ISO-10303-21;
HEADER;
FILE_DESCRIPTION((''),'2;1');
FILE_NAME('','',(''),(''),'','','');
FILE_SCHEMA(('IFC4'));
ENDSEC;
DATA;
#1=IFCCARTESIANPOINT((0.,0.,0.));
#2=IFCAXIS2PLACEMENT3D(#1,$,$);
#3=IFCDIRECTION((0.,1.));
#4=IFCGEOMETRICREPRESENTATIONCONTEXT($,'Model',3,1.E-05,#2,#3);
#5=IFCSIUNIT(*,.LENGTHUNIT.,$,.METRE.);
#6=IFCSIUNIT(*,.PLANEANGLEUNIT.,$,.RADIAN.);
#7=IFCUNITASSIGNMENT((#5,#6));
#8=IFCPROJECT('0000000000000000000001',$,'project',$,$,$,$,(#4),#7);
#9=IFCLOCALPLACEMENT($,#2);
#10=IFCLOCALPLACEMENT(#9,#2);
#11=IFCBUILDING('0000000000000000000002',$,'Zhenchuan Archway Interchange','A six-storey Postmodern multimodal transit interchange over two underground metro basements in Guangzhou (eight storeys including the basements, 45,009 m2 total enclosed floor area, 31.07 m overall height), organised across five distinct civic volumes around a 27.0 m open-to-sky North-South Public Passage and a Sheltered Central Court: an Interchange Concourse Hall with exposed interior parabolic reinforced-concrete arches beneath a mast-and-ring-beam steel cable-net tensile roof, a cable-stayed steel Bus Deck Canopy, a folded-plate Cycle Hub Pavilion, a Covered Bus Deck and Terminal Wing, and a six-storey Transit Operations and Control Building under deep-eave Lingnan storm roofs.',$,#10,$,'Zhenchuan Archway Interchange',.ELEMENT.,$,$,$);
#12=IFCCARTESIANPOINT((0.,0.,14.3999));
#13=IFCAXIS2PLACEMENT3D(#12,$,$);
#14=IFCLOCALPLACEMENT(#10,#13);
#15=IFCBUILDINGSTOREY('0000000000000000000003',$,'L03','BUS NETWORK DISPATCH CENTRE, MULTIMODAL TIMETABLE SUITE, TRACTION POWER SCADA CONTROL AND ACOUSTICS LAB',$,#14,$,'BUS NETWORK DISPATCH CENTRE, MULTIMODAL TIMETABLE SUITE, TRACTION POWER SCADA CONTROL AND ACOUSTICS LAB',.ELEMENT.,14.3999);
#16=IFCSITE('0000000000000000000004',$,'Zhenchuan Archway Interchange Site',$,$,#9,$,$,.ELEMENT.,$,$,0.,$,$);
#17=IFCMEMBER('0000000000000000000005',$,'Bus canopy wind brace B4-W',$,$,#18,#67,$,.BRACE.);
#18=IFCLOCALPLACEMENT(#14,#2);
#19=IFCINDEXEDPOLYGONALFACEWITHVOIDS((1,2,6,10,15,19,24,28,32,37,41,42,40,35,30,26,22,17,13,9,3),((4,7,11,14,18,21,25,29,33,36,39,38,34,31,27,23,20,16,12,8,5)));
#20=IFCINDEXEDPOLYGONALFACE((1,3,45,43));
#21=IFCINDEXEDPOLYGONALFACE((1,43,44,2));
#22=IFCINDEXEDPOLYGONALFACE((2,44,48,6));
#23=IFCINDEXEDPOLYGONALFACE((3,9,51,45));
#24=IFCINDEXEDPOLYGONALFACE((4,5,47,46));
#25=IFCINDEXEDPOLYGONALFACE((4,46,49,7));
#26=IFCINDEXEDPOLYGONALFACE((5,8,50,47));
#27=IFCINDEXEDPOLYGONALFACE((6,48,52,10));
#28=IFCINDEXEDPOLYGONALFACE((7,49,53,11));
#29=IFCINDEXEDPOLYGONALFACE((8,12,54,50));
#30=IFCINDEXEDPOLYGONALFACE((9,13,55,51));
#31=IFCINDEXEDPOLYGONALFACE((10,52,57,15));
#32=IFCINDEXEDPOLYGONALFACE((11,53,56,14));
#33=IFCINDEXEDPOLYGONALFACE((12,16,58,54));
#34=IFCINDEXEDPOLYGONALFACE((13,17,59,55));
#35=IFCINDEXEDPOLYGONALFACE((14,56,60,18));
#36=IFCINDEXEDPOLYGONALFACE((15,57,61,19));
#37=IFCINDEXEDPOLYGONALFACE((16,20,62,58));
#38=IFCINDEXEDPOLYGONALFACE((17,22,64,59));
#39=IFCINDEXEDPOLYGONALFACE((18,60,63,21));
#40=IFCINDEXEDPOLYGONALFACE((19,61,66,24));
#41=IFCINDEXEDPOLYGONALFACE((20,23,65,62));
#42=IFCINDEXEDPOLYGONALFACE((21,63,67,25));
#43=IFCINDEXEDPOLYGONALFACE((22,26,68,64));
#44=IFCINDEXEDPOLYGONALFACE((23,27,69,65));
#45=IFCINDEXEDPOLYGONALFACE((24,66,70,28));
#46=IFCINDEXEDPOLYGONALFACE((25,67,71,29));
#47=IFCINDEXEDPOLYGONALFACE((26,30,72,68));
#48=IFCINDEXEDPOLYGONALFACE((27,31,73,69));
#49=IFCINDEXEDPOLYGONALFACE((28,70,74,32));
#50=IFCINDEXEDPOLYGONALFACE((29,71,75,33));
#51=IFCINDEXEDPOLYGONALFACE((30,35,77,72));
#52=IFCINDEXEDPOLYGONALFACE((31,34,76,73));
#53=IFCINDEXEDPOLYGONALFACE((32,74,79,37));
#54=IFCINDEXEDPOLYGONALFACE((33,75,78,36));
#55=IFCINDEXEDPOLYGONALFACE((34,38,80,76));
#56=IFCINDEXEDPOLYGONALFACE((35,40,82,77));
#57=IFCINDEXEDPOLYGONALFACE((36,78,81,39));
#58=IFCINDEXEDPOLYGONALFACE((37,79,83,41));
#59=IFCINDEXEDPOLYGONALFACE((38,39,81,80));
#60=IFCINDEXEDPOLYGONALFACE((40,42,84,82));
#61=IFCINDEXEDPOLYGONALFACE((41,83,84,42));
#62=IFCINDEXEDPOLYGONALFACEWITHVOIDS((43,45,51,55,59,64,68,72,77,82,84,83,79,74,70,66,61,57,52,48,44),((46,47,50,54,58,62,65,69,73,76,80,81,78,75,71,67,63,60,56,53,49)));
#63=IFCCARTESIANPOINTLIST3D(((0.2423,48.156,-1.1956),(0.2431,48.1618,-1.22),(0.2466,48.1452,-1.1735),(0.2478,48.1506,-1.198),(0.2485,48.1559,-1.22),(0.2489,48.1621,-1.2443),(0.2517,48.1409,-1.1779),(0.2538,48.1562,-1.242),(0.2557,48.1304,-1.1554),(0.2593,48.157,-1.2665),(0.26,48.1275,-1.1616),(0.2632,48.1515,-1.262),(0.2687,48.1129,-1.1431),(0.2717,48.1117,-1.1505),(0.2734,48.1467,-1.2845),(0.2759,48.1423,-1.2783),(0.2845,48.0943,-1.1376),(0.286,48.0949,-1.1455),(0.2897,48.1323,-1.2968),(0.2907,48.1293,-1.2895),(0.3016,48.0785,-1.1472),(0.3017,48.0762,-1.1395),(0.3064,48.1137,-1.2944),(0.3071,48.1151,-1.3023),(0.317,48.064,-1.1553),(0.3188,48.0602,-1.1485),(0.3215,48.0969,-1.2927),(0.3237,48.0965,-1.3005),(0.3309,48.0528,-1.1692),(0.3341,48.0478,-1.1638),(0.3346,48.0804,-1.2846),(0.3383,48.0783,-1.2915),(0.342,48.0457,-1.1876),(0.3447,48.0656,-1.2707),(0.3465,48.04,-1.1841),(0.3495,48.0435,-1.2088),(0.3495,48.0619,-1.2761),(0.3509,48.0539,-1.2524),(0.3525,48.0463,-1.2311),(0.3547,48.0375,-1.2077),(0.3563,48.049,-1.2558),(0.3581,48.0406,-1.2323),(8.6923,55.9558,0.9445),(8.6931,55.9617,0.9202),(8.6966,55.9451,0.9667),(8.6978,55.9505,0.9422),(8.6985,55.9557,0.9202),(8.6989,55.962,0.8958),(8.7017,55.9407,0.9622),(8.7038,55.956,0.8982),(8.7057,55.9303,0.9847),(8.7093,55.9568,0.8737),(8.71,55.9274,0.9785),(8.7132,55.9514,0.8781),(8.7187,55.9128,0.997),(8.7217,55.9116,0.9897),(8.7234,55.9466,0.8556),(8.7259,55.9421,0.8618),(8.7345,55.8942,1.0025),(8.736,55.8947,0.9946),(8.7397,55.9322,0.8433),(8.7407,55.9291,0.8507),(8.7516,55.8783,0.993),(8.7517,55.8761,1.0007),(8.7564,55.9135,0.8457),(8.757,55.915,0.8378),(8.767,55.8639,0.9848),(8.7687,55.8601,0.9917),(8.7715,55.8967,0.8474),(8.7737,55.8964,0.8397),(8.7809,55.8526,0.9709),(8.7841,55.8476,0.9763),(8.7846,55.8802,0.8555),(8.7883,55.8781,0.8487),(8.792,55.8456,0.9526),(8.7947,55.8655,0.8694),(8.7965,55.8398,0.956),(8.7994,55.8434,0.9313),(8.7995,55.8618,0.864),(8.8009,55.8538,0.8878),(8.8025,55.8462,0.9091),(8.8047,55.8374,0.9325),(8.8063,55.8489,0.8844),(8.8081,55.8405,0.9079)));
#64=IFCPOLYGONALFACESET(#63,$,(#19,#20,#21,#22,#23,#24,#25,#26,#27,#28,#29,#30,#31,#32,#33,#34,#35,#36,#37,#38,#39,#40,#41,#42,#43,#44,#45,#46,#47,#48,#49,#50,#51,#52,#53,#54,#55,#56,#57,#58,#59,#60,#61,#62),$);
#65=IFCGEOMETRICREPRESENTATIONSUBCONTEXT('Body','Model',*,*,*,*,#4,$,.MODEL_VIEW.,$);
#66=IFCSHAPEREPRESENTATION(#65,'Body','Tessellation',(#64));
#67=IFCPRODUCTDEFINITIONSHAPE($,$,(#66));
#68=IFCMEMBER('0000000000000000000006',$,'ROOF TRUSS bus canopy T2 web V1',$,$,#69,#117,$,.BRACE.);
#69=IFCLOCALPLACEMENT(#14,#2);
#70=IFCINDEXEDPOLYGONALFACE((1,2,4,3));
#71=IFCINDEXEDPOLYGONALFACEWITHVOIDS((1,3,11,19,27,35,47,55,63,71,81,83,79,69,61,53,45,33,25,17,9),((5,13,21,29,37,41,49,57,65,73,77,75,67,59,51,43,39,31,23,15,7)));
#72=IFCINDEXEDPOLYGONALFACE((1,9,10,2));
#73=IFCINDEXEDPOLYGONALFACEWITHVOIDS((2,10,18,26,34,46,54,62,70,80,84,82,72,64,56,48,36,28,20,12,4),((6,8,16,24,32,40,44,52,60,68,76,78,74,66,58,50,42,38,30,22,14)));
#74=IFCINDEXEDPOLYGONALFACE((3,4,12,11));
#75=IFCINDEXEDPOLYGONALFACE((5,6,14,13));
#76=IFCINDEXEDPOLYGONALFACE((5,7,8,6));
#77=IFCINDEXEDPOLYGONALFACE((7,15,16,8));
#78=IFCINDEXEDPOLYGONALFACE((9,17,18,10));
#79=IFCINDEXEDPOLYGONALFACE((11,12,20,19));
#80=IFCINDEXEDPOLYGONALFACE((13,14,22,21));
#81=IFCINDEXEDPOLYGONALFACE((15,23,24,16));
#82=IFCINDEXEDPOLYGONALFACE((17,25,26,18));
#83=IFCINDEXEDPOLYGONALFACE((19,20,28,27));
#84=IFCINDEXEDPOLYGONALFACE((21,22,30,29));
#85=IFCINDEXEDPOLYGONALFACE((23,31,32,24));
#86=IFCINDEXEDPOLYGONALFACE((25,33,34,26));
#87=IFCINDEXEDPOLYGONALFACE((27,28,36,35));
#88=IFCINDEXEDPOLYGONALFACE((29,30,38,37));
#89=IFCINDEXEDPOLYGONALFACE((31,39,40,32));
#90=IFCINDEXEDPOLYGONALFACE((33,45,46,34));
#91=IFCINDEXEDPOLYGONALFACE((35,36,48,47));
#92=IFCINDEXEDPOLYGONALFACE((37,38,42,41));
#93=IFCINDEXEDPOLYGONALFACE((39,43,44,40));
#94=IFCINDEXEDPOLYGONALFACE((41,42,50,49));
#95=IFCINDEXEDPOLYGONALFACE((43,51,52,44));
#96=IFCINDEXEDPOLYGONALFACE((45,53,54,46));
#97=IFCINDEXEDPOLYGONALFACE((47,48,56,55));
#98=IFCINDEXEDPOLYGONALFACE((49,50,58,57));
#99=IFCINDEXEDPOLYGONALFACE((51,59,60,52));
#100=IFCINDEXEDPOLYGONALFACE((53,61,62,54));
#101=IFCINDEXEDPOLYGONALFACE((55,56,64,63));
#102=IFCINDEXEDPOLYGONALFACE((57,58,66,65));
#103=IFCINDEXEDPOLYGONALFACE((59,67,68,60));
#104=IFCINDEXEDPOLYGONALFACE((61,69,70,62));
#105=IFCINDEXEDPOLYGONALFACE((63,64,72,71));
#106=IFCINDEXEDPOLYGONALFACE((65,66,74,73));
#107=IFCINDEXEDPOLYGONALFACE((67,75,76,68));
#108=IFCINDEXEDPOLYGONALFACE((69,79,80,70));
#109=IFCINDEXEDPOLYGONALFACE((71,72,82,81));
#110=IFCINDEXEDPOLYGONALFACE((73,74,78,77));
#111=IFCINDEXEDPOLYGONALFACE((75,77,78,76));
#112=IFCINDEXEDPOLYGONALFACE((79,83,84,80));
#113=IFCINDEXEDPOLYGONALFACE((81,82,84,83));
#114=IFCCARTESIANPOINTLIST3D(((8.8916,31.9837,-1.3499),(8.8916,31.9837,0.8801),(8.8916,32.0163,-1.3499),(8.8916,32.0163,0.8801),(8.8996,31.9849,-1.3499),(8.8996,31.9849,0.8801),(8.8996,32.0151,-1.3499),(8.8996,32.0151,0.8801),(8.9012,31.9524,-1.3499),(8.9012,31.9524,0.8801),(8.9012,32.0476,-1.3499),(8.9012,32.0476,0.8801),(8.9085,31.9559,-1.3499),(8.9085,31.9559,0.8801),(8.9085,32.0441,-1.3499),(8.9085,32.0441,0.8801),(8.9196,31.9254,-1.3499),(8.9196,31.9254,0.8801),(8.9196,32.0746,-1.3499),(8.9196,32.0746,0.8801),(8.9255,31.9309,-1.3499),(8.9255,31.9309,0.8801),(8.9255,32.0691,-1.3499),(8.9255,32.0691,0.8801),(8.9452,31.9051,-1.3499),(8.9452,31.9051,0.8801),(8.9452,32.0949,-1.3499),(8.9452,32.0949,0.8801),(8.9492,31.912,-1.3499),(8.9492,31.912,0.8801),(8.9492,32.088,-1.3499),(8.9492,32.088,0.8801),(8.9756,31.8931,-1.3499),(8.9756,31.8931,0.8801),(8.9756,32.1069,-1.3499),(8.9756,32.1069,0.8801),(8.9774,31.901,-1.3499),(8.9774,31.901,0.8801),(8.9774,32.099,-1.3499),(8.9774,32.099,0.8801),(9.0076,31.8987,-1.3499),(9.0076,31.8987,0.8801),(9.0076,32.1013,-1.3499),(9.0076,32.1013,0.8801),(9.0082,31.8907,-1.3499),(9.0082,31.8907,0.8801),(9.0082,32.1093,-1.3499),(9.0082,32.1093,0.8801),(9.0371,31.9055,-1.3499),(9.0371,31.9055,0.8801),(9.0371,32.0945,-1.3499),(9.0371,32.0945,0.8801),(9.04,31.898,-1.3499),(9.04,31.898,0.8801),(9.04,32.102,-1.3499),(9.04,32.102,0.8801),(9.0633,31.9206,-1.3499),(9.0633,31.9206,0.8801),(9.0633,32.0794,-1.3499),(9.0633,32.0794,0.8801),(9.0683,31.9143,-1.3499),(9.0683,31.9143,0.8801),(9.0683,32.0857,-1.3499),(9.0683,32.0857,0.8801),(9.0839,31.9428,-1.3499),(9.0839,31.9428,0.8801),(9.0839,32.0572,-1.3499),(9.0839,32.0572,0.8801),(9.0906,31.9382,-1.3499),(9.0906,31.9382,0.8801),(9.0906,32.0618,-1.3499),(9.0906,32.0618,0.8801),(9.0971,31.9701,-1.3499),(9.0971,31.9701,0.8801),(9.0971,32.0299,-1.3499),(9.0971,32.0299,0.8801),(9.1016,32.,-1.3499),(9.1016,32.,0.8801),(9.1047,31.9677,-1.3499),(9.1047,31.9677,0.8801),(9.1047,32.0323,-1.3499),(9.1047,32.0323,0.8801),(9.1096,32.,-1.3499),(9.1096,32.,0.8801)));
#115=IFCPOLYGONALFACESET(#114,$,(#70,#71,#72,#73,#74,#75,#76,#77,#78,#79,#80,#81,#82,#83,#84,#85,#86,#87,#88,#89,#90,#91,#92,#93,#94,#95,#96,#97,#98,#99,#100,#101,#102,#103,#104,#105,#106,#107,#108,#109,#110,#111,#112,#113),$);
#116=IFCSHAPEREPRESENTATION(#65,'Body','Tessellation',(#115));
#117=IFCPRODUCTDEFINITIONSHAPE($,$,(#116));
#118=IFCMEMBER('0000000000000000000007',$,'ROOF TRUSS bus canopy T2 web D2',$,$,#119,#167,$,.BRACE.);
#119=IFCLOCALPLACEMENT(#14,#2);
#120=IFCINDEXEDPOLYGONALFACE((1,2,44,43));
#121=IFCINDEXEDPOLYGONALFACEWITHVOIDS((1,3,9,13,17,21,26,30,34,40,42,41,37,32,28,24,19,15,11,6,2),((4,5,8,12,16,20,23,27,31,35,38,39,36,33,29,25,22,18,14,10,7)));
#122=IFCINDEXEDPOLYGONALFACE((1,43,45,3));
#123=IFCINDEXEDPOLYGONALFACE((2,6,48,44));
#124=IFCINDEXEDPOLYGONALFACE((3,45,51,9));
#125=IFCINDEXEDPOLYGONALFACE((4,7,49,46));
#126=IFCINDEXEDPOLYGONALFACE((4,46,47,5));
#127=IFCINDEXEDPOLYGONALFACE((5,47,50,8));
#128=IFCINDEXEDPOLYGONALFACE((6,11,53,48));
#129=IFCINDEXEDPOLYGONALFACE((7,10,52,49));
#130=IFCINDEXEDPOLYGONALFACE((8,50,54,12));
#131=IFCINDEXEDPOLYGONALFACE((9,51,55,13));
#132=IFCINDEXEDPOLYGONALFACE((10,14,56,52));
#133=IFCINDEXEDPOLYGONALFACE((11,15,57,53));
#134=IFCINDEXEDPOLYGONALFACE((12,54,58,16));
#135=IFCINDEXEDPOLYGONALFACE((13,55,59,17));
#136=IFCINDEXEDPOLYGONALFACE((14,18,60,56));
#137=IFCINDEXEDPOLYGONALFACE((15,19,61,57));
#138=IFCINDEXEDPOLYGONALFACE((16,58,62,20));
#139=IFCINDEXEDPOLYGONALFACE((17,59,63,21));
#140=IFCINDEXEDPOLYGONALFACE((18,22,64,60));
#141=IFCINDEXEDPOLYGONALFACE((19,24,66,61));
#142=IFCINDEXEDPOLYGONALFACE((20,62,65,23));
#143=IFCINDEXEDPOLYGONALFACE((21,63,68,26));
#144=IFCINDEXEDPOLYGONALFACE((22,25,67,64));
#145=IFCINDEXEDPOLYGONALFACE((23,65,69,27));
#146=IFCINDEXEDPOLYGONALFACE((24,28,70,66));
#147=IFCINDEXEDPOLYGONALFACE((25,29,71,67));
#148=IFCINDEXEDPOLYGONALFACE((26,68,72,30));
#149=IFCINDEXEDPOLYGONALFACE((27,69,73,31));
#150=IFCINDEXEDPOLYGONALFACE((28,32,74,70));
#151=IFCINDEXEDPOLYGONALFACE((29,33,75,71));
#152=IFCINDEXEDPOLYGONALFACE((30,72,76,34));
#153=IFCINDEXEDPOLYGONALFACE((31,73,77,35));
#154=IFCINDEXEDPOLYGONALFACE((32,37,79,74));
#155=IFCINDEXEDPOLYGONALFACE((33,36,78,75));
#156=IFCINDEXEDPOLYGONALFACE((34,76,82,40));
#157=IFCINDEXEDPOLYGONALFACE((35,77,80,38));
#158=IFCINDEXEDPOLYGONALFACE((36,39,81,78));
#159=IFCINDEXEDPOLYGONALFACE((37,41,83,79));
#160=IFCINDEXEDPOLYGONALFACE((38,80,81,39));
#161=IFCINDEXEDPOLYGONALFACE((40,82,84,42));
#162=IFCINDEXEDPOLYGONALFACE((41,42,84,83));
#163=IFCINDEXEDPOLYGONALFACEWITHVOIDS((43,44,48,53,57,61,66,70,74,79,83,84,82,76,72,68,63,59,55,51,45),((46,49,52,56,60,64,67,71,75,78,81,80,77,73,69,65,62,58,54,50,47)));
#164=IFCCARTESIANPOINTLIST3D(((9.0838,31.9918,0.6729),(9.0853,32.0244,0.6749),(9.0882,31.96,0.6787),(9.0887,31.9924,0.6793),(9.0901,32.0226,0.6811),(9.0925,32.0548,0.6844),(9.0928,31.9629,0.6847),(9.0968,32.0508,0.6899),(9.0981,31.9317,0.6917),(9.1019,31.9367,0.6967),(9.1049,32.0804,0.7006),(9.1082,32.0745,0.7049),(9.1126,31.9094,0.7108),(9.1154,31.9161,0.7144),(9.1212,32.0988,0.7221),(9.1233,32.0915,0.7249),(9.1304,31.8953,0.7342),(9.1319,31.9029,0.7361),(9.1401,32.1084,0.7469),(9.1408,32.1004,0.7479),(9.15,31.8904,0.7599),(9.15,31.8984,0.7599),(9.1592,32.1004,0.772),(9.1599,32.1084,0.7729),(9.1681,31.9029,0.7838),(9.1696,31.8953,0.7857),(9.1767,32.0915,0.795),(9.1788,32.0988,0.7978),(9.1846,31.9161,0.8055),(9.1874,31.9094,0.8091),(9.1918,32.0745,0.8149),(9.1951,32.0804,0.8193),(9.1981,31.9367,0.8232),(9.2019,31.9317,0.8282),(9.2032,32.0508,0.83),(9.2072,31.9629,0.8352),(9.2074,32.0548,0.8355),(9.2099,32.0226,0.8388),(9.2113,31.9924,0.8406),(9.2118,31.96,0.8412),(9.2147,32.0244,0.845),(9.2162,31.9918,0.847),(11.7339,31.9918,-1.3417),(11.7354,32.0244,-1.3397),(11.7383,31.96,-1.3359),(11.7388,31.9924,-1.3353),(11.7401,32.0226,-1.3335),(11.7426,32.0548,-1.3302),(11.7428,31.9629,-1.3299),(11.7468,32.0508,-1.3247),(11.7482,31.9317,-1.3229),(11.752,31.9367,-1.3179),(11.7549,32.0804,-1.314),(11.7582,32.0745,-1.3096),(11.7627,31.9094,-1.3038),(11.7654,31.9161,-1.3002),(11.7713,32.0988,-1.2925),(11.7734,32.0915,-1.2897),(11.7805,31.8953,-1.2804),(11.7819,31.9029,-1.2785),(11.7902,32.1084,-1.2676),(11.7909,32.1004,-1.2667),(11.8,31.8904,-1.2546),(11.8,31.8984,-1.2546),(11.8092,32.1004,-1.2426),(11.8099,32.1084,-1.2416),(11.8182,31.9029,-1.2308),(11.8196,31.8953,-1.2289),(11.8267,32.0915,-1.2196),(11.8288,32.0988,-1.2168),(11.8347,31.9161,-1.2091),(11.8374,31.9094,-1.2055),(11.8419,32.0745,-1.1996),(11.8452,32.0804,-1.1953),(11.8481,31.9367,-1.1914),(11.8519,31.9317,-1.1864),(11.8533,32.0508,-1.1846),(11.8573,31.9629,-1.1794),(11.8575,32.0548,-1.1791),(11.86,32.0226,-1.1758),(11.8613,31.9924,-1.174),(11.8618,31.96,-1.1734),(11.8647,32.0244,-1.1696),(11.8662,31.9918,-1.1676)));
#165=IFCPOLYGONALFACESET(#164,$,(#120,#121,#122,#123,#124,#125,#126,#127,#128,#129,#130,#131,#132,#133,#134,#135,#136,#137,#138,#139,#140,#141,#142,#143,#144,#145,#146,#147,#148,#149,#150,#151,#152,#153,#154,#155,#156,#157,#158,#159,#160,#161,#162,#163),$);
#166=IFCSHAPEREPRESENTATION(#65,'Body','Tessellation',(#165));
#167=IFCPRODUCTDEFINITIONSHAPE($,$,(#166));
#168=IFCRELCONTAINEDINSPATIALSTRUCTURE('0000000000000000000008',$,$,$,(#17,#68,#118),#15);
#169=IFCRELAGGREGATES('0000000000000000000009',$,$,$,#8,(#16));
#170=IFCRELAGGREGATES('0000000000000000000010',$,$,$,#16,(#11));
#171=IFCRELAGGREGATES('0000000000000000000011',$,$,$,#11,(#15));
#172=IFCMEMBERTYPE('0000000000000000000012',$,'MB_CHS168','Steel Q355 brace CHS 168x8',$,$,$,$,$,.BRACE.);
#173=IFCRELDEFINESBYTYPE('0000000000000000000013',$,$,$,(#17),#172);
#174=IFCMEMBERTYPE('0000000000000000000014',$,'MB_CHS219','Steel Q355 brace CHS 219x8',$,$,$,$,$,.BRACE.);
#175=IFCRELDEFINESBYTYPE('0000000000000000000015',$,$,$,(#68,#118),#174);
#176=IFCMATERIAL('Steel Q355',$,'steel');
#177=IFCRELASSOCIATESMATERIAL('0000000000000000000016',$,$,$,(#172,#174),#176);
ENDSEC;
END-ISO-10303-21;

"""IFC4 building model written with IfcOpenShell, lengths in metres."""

from ifc_helpers import new_model, si_unit, direction, frame, origin, origin_2d, place, context, subcontext, project, spatial, hollow_circle, extrude, material, material_profile, profile_set, type_object, element, save


model = new_model("IFC4")

# Units and contexts
model_context = context("Model", 3, precision=1e-05, world=origin(), true_north=direction((0.0, 1.0)))
body_context = subcontext(model_context, "Body", "Model", "MODEL_VIEW")
ifc_project = project(units=[si_unit("LENGTHUNIT", "METRE"), si_unit("PLANEANGLEUNIT", "RADIAN")], contexts=[model_context])

# Site, building, storey
site_placement = place(None, origin())
site = spatial("IfcSite", under=ifc_project, at=site_placement, Name="Zhenchuan Archway Interchange Site", CompositionType="ELEMENT", RefElevation=0.0)
building_placement = place(site_placement, origin())
building = spatial("IfcBuilding", under=site, at=building_placement, Name="Zhenchuan Archway Interchange", Description="A six-storey Postmodern multimodal transit interchange over two underground metro basements in Guangzhou (eight storeys including the basements, 45,009 m2 total enclosed floor area, 31.07 m overall height), organised across five distinct civic volumes around a 27.0 m open-to-sky North-South Public Passage and a Sheltered Central Court: an Interchange Concourse Hall with exposed interior parabolic reinforced-concrete arches beneath a mast-and-ring-beam steel cable-net tensile roof, a cable-stayed steel Bus Deck Canopy, a folded-plate Cycle Hub Pavilion, a Covered Bus Deck and Terminal Wing, and a six-storey Transit Operations and Control Building under deep-eave Lingnan storm roofs.", LongName="Zhenchuan Archway Interchange", CompositionType="ELEMENT")
storey_placement = place(building_placement, frame((0.0, 0.0, 14.3999)))
storey = spatial("IfcBuildingStorey", under=building, at=storey_placement, Name="L03", Description="BUS NETWORK DISPATCH CENTRE, MULTIMODAL TIMETABLE SUITE, TRACTION POWER SCADA CONTROL AND ACOUSTICS LAB", LongName="BUS NETWORK DISPATCH CENTRE, MULTIMODAL TIMETABLE SUITE, TRACTION POWER SCADA CONTROL AND ACOUSTICS LAB", CompositionType="ELEMENT", Elevation=14.3999)

# Shared definitions
ifc_material_1 = material(Name="Steel Q355", Category="steel")

# Members
ifc_material_profile_1 = material_profile(ifc_material_1, hollow_circle(Radius=0.084, WallThickness=0.0081, at=origin_2d()), Name="CHS 168x8")
ifc_profile_set_1 = profile_set([ifc_material_profile_1], Name="Steel Q355")
member_type_1 = type_object("IfcMemberType", Name="MB_CHS168", Description="Steel Q355 brace CHS 168x8", PredefinedType="BRACE", material=ifc_profile_set_1)
member_1_placement = place(storey_placement, frame((0.3, 48.1001, -1.22), z_axis=(0.722406, 0.666823, 0.182965), x_axis=(-0.678273, 0.73481, 0.0)))
element("IfcMember", 1, at=member_1_placement, inside=storey, type_object=member_type_1, Name="Bus canopy wind brace B4-W", PredefinedType="BRACE", context=body_context, shape_type="SweptSolid", body=[
    extrude(hollow_circle(Radius=0.084, WallThickness=0.0081, at=origin_2d()), origin(), (0.0, 0.0, 1.0), 11.697),
])
ifc_material_profile_2 = material_profile(ifc_material_1, hollow_circle(Radius=0.1096, WallThickness=0.0081, at=origin_2d()), Name="CHS 219x8")
ifc_profile_set_2 = profile_set([ifc_material_profile_2], Name="Steel Q355")
member_type_2 = type_object("IfcMemberType", Name="MB_CHS219", Description="Steel Q355 brace CHS 219x8", PredefinedType="BRACE", material=ifc_profile_set_2)
member_2_placement = place(storey_placement, frame((9.0, 32.0, -1.3499), z_axis=(0.0, 0.0, 1.0), x_axis=(1.0, 0.0, 0.0)))
element("IfcMember", 2, at=member_2_placement, inside=storey, type_object=member_type_2, Name="ROOF TRUSS bus canopy T2 web V1", PredefinedType="BRACE", context=body_context, shape_type="SweptSolid", body=[
    extrude(hollow_circle(Radius=0.1096, WallThickness=0.0081, at=origin_2d()), origin(), (0.0, 0.0, 1.0), 2.23),
])
member_3_placement = place(storey_placement, frame((11.8, 32.0, -1.2546), z_axis=(-0.796084, 0.0, 0.605186), x_axis=(0.0, -1.0, 0.0)))
element("IfcMember", 3, at=member_3_placement, inside=storey, type_object=member_type_2, Name="ROOF TRUSS bus canopy T2 web D2", PredefinedType="BRACE", context=body_context, shape_type="SweptSolid", body=[
    extrude(hollow_circle(Radius=0.1096, WallThickness=0.0081, at=origin_2d()), origin(), (0.0, 0.0, 1.0), 3.3289),
])

save(model, "model.ifc")
